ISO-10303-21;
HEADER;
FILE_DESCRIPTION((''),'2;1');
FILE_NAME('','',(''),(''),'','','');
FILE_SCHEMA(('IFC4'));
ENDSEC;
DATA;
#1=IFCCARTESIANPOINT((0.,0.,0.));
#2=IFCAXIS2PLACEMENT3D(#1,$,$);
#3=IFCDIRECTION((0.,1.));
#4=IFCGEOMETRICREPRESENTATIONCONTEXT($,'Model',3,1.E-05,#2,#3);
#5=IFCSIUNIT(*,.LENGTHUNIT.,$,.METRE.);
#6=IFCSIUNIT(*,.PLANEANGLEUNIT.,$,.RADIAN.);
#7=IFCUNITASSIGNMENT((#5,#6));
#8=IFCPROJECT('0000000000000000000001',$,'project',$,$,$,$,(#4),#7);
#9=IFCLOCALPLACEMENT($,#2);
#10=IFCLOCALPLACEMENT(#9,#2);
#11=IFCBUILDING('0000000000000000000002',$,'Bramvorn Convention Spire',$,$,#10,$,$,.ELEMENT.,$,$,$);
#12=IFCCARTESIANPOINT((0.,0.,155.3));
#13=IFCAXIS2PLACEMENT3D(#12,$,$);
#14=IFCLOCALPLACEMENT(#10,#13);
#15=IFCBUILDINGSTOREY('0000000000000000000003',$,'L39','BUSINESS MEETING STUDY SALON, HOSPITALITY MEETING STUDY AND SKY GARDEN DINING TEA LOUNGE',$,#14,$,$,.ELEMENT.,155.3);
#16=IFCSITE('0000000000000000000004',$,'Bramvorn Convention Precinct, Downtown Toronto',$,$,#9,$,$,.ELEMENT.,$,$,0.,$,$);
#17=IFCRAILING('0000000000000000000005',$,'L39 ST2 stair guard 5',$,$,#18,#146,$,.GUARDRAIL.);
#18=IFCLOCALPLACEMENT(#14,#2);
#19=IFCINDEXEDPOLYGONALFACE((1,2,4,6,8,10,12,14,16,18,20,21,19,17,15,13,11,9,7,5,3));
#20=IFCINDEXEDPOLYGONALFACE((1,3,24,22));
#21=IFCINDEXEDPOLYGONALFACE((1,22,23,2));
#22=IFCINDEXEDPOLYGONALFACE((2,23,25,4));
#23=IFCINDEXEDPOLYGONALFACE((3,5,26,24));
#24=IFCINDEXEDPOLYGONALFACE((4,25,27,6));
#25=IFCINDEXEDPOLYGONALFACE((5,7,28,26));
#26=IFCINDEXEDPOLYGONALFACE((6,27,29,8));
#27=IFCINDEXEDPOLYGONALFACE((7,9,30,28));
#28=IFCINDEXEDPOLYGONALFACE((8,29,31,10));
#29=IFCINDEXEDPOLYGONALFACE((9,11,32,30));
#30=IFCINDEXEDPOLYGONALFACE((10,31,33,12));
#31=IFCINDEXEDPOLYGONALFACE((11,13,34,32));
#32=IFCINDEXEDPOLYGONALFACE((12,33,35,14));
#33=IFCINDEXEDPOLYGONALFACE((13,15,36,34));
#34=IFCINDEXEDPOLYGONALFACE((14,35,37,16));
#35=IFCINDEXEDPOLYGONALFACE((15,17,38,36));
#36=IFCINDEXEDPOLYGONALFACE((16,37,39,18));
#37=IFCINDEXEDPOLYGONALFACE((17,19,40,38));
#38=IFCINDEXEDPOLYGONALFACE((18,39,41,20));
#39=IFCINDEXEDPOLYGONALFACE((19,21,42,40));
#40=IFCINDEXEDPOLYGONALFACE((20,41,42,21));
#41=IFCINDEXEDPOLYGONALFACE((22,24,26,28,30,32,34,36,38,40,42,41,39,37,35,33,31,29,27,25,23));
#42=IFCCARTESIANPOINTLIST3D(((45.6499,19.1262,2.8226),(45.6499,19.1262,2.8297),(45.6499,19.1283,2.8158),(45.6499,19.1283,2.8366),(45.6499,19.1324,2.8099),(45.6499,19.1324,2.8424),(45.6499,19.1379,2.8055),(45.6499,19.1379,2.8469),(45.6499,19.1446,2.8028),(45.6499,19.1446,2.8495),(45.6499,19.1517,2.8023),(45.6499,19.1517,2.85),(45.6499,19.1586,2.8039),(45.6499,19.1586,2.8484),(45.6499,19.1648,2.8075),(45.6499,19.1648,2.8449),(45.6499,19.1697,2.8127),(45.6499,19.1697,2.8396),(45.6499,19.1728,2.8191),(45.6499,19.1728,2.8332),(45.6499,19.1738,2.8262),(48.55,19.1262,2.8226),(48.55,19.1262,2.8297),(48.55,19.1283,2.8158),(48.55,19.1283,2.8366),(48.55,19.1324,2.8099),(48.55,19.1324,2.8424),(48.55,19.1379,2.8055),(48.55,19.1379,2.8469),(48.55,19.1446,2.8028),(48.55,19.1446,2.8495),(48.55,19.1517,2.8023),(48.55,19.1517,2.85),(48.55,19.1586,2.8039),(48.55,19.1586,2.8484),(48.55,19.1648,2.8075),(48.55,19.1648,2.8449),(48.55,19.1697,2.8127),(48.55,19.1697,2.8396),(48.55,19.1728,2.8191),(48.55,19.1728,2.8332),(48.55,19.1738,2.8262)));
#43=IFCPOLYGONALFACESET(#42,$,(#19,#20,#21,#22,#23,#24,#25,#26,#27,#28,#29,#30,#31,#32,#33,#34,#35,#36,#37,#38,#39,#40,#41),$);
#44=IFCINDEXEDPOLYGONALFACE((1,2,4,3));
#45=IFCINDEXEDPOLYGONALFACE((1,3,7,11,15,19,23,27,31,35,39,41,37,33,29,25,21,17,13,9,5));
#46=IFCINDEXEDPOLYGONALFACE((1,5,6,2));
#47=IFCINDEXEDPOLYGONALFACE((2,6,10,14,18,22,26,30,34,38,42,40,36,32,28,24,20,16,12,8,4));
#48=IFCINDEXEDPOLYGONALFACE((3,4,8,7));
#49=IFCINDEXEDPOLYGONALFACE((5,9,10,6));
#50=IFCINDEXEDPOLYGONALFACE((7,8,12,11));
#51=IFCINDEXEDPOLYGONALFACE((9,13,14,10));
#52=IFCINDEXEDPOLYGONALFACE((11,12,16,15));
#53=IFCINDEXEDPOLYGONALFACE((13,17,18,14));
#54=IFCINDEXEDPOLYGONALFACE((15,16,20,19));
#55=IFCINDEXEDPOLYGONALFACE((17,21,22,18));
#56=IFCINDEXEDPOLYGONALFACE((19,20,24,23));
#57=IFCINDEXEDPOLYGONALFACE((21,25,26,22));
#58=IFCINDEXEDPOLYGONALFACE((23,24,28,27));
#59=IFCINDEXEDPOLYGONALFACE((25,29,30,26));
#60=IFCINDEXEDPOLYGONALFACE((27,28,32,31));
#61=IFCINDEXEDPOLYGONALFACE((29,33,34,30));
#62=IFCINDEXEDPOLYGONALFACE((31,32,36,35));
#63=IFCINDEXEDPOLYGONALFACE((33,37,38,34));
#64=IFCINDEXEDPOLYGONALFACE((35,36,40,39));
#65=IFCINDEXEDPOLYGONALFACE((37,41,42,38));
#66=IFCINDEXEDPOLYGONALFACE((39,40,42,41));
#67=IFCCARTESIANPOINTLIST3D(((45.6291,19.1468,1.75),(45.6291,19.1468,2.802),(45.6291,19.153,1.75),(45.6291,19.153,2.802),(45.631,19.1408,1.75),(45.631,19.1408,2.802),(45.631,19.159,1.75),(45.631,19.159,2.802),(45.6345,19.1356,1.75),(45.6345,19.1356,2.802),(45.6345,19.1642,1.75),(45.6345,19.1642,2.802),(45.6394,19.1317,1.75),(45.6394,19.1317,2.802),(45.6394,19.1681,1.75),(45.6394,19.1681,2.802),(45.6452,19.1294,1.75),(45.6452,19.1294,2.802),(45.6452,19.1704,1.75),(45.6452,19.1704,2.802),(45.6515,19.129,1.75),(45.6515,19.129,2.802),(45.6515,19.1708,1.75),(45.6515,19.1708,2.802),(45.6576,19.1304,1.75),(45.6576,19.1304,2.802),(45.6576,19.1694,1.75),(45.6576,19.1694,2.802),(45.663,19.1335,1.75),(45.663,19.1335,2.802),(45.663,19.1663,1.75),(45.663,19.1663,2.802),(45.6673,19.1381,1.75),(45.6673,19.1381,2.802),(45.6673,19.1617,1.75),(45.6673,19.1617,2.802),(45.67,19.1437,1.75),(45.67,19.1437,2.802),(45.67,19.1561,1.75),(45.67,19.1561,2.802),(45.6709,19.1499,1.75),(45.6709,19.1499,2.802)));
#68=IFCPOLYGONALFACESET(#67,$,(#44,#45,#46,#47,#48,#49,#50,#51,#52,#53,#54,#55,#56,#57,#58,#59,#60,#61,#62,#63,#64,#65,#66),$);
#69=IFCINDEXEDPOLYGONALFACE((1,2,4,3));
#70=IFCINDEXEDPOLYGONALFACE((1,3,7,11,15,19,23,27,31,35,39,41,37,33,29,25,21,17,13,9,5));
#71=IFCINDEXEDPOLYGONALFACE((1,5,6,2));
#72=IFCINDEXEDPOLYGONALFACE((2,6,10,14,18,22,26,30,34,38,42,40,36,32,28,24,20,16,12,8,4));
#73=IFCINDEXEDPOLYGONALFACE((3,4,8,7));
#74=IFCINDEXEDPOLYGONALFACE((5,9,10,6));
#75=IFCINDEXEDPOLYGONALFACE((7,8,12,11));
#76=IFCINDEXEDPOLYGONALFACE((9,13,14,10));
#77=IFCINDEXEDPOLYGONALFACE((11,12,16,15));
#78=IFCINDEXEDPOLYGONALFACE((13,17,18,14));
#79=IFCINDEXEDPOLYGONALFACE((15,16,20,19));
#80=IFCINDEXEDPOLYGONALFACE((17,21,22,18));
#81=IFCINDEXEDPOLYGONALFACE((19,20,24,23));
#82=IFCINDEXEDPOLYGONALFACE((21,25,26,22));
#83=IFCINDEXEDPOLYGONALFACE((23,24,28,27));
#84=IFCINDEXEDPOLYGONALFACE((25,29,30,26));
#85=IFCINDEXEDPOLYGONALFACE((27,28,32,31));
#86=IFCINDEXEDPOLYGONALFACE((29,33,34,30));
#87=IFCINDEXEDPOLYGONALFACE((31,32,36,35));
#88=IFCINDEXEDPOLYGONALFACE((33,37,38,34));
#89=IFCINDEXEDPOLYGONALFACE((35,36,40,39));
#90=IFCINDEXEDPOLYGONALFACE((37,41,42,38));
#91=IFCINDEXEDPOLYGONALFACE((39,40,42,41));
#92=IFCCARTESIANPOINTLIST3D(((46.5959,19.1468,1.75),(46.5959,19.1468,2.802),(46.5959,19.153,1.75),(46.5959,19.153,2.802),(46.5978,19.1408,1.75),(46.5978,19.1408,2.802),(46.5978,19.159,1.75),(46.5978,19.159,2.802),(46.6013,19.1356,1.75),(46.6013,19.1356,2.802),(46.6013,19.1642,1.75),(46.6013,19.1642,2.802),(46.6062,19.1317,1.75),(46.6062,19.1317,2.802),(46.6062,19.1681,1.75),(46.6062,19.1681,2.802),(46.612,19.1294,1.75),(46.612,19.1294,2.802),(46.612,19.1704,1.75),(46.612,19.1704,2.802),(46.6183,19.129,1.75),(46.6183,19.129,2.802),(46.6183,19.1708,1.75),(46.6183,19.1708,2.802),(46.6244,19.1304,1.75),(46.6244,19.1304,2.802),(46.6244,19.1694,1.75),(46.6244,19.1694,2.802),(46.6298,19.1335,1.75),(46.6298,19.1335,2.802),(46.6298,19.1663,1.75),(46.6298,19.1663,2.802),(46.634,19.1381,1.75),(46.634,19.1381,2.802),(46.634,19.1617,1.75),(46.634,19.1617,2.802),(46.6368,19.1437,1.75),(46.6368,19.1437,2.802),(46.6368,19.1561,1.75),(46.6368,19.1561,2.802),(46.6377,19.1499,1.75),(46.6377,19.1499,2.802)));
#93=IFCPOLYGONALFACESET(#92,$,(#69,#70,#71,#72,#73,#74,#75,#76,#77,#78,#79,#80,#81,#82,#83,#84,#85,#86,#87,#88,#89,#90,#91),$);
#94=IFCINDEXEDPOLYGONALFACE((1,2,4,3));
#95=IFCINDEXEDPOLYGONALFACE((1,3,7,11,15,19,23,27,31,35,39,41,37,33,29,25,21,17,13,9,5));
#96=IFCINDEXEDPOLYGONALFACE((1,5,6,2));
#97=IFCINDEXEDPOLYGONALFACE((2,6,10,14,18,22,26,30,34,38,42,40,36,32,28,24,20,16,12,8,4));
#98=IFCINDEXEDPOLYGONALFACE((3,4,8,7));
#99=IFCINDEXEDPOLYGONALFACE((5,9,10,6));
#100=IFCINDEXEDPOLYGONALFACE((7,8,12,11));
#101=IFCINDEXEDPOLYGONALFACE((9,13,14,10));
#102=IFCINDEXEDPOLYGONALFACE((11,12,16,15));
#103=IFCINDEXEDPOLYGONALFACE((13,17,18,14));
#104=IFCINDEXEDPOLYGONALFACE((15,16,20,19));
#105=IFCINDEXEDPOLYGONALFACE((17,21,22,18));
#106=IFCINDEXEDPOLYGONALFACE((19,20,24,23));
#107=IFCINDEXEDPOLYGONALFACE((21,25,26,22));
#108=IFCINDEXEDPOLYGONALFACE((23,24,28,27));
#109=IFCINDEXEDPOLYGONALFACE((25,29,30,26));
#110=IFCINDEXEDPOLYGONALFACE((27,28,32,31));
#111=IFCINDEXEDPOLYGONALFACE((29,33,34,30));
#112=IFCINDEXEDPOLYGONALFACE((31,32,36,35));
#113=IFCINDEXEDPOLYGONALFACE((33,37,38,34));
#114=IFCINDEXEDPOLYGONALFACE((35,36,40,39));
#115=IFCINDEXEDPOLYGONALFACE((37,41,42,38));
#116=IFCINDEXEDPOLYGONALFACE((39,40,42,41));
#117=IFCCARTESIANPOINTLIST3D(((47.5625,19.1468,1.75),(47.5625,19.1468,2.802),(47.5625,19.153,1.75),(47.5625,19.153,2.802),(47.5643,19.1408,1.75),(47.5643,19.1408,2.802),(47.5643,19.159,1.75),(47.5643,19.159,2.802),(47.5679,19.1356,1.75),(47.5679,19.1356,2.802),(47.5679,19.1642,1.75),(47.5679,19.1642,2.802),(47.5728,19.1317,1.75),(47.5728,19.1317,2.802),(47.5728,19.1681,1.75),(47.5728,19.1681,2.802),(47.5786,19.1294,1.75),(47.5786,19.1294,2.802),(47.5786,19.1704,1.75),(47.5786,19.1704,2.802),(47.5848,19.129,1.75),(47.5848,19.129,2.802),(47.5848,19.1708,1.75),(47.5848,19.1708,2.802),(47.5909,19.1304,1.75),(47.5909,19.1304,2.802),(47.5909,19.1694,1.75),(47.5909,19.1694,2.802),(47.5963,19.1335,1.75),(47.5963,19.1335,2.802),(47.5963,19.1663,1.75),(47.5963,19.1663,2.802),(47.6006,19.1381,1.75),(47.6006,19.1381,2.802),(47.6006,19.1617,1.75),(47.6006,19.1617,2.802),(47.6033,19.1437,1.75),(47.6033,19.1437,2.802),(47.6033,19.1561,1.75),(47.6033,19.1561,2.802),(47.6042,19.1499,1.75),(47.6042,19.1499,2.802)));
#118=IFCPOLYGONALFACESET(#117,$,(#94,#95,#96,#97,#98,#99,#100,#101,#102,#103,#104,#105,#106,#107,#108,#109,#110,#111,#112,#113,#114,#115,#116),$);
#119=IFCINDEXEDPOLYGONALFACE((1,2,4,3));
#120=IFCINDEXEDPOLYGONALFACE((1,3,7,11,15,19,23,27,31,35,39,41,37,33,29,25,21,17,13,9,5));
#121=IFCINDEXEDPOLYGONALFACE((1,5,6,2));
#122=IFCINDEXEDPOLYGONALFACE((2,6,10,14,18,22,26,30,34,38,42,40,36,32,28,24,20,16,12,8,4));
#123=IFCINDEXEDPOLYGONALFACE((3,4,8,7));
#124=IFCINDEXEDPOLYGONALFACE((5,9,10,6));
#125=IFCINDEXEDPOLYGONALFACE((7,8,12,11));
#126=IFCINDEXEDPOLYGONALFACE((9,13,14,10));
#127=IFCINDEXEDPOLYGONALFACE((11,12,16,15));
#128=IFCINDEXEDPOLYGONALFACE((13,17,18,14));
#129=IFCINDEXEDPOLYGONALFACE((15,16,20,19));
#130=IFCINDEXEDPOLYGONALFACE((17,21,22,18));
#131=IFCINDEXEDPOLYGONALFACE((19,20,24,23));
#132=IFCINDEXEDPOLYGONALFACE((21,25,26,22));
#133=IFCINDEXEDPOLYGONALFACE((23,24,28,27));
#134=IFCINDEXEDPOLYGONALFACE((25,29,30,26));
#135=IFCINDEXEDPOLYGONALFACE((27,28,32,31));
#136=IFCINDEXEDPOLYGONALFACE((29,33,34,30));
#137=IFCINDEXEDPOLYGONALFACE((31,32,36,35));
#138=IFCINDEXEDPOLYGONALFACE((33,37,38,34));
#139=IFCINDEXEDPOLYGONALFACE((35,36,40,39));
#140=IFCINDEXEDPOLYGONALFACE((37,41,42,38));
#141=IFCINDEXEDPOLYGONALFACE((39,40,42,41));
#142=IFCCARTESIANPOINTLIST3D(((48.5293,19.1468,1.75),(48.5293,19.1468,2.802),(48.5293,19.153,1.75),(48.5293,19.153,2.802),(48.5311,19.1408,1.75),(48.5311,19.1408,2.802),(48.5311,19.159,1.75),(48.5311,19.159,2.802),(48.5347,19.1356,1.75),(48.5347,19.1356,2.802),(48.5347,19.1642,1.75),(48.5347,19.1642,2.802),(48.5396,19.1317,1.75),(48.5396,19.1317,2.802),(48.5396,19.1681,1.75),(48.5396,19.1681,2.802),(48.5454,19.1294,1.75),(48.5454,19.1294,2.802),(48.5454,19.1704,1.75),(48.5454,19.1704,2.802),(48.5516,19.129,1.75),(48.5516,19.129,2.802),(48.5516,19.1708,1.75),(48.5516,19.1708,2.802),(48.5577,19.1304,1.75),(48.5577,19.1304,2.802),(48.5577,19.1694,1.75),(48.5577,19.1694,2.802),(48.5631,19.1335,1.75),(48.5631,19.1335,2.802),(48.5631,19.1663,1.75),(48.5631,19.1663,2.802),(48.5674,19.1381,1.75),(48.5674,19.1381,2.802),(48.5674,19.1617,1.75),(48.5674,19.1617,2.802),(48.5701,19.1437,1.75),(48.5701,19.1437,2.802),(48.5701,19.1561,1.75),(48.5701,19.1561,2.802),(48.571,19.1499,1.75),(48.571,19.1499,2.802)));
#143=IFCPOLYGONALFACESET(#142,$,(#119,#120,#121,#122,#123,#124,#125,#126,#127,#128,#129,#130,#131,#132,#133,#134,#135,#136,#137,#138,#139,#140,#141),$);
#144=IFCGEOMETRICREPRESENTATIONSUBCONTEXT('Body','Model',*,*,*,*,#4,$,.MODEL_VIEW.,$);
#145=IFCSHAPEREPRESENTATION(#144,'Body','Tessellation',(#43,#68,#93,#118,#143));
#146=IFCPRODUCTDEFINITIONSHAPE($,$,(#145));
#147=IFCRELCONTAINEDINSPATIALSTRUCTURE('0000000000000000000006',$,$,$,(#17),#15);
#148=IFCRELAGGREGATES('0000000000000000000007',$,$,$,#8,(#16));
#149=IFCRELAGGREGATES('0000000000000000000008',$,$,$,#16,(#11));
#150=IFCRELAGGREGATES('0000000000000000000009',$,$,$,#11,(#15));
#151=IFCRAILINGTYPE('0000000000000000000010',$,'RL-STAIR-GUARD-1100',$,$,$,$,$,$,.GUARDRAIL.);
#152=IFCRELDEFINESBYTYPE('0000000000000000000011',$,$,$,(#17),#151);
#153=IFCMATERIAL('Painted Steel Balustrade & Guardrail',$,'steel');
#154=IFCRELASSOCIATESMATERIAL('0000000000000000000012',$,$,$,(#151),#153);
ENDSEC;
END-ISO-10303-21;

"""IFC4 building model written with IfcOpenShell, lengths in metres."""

from ifc_helpers import new_model, si_unit, direction, frame, origin, origin_2d, place, context, subcontext, project, spatial, circle, extrude, material, type_object, element, save


model = new_model("IFC4")

# Units and contexts
model_context = context("Model", 3, precision=1e-05, world=origin(), true_north=direction((0.0, 1.0)))
body_context = subcontext(model_context, "Body", "Model", "MODEL_VIEW")
ifc_project = project(units=[si_unit("LENGTHUNIT", "METRE"), si_unit("PLANEANGLEUNIT", "RADIAN")], contexts=[model_context])

# Site, building, storey
site_placement = place(None, origin())
site = spatial("IfcSite", under=ifc_project, at=site_placement, Name="Bramvorn Convention Precinct, Downtown Toronto", CompositionType="ELEMENT", RefElevation=0.0)
building_placement = place(site_placement, origin())
building = spatial("IfcBuilding", under=site, at=building_placement, Name="Bramvorn Convention Spire", CompositionType="ELEMENT")
storey_placement = place(building_placement, frame((0.0, 0.0, 155.3)))
storey = spatial("IfcBuildingStorey", under=building, at=storey_placement, Name="L39", Description="BUSINESS MEETING STUDY SALON, HOSPITALITY MEETING STUDY AND SKY GARDEN DINING TEA LOUNGE", CompositionType="ELEMENT", Elevation=155.3)

# Railing
ifc_material_1 = material(Name="Painted Steel Balustrade & Guardrail", Category="steel")
railing_type_1 = type_object("IfcRailingType", Name="RL-STAIR-GUARD-1100", PredefinedType="GUARDRAIL", material=ifc_material_1)
railing_1_placement = place(storey_placement, frame((45.6499, 19.1499, 1.75)))
element("IfcRailing", 1, at=railing_1_placement, inside=storey, type_object=railing_type_1, Name="L39 ST2 stair guard 5", PredefinedType="GUARDRAIL", context=body_context, shape_type="SweptSolid", body=[
    extrude(circle(Radius=0.0239, at=origin_2d()), frame((0.0, 0.0, 1.0762), z_axis=(1.0, 0.0, 0.0), x_axis=(0.0, 1.0, 0.0)), (0.0, 0.0, 1.0), 2.9001),
    extrude(circle(Radius=0.021, at=origin_2d()), origin(), (0.0, 0.0, 1.0), 1.052),
    extrude(circle(Radius=0.021, at=origin_2d()), frame((0.9668, 0.0, 0.0)), (0.0, 0.0, 1.0), 1.052),
    extrude(circle(Radius=0.021, at=origin_2d()), frame((1.9333, 0.0, 0.0)), (0.0, 0.0, 1.0), 1.052),
    extrude(circle(Radius=0.021, at=origin_2d()), frame((2.9001, 0.0, 0.0)), (0.0, 0.0, 1.0), 1.052),
])

save(model, "model.ifc")
